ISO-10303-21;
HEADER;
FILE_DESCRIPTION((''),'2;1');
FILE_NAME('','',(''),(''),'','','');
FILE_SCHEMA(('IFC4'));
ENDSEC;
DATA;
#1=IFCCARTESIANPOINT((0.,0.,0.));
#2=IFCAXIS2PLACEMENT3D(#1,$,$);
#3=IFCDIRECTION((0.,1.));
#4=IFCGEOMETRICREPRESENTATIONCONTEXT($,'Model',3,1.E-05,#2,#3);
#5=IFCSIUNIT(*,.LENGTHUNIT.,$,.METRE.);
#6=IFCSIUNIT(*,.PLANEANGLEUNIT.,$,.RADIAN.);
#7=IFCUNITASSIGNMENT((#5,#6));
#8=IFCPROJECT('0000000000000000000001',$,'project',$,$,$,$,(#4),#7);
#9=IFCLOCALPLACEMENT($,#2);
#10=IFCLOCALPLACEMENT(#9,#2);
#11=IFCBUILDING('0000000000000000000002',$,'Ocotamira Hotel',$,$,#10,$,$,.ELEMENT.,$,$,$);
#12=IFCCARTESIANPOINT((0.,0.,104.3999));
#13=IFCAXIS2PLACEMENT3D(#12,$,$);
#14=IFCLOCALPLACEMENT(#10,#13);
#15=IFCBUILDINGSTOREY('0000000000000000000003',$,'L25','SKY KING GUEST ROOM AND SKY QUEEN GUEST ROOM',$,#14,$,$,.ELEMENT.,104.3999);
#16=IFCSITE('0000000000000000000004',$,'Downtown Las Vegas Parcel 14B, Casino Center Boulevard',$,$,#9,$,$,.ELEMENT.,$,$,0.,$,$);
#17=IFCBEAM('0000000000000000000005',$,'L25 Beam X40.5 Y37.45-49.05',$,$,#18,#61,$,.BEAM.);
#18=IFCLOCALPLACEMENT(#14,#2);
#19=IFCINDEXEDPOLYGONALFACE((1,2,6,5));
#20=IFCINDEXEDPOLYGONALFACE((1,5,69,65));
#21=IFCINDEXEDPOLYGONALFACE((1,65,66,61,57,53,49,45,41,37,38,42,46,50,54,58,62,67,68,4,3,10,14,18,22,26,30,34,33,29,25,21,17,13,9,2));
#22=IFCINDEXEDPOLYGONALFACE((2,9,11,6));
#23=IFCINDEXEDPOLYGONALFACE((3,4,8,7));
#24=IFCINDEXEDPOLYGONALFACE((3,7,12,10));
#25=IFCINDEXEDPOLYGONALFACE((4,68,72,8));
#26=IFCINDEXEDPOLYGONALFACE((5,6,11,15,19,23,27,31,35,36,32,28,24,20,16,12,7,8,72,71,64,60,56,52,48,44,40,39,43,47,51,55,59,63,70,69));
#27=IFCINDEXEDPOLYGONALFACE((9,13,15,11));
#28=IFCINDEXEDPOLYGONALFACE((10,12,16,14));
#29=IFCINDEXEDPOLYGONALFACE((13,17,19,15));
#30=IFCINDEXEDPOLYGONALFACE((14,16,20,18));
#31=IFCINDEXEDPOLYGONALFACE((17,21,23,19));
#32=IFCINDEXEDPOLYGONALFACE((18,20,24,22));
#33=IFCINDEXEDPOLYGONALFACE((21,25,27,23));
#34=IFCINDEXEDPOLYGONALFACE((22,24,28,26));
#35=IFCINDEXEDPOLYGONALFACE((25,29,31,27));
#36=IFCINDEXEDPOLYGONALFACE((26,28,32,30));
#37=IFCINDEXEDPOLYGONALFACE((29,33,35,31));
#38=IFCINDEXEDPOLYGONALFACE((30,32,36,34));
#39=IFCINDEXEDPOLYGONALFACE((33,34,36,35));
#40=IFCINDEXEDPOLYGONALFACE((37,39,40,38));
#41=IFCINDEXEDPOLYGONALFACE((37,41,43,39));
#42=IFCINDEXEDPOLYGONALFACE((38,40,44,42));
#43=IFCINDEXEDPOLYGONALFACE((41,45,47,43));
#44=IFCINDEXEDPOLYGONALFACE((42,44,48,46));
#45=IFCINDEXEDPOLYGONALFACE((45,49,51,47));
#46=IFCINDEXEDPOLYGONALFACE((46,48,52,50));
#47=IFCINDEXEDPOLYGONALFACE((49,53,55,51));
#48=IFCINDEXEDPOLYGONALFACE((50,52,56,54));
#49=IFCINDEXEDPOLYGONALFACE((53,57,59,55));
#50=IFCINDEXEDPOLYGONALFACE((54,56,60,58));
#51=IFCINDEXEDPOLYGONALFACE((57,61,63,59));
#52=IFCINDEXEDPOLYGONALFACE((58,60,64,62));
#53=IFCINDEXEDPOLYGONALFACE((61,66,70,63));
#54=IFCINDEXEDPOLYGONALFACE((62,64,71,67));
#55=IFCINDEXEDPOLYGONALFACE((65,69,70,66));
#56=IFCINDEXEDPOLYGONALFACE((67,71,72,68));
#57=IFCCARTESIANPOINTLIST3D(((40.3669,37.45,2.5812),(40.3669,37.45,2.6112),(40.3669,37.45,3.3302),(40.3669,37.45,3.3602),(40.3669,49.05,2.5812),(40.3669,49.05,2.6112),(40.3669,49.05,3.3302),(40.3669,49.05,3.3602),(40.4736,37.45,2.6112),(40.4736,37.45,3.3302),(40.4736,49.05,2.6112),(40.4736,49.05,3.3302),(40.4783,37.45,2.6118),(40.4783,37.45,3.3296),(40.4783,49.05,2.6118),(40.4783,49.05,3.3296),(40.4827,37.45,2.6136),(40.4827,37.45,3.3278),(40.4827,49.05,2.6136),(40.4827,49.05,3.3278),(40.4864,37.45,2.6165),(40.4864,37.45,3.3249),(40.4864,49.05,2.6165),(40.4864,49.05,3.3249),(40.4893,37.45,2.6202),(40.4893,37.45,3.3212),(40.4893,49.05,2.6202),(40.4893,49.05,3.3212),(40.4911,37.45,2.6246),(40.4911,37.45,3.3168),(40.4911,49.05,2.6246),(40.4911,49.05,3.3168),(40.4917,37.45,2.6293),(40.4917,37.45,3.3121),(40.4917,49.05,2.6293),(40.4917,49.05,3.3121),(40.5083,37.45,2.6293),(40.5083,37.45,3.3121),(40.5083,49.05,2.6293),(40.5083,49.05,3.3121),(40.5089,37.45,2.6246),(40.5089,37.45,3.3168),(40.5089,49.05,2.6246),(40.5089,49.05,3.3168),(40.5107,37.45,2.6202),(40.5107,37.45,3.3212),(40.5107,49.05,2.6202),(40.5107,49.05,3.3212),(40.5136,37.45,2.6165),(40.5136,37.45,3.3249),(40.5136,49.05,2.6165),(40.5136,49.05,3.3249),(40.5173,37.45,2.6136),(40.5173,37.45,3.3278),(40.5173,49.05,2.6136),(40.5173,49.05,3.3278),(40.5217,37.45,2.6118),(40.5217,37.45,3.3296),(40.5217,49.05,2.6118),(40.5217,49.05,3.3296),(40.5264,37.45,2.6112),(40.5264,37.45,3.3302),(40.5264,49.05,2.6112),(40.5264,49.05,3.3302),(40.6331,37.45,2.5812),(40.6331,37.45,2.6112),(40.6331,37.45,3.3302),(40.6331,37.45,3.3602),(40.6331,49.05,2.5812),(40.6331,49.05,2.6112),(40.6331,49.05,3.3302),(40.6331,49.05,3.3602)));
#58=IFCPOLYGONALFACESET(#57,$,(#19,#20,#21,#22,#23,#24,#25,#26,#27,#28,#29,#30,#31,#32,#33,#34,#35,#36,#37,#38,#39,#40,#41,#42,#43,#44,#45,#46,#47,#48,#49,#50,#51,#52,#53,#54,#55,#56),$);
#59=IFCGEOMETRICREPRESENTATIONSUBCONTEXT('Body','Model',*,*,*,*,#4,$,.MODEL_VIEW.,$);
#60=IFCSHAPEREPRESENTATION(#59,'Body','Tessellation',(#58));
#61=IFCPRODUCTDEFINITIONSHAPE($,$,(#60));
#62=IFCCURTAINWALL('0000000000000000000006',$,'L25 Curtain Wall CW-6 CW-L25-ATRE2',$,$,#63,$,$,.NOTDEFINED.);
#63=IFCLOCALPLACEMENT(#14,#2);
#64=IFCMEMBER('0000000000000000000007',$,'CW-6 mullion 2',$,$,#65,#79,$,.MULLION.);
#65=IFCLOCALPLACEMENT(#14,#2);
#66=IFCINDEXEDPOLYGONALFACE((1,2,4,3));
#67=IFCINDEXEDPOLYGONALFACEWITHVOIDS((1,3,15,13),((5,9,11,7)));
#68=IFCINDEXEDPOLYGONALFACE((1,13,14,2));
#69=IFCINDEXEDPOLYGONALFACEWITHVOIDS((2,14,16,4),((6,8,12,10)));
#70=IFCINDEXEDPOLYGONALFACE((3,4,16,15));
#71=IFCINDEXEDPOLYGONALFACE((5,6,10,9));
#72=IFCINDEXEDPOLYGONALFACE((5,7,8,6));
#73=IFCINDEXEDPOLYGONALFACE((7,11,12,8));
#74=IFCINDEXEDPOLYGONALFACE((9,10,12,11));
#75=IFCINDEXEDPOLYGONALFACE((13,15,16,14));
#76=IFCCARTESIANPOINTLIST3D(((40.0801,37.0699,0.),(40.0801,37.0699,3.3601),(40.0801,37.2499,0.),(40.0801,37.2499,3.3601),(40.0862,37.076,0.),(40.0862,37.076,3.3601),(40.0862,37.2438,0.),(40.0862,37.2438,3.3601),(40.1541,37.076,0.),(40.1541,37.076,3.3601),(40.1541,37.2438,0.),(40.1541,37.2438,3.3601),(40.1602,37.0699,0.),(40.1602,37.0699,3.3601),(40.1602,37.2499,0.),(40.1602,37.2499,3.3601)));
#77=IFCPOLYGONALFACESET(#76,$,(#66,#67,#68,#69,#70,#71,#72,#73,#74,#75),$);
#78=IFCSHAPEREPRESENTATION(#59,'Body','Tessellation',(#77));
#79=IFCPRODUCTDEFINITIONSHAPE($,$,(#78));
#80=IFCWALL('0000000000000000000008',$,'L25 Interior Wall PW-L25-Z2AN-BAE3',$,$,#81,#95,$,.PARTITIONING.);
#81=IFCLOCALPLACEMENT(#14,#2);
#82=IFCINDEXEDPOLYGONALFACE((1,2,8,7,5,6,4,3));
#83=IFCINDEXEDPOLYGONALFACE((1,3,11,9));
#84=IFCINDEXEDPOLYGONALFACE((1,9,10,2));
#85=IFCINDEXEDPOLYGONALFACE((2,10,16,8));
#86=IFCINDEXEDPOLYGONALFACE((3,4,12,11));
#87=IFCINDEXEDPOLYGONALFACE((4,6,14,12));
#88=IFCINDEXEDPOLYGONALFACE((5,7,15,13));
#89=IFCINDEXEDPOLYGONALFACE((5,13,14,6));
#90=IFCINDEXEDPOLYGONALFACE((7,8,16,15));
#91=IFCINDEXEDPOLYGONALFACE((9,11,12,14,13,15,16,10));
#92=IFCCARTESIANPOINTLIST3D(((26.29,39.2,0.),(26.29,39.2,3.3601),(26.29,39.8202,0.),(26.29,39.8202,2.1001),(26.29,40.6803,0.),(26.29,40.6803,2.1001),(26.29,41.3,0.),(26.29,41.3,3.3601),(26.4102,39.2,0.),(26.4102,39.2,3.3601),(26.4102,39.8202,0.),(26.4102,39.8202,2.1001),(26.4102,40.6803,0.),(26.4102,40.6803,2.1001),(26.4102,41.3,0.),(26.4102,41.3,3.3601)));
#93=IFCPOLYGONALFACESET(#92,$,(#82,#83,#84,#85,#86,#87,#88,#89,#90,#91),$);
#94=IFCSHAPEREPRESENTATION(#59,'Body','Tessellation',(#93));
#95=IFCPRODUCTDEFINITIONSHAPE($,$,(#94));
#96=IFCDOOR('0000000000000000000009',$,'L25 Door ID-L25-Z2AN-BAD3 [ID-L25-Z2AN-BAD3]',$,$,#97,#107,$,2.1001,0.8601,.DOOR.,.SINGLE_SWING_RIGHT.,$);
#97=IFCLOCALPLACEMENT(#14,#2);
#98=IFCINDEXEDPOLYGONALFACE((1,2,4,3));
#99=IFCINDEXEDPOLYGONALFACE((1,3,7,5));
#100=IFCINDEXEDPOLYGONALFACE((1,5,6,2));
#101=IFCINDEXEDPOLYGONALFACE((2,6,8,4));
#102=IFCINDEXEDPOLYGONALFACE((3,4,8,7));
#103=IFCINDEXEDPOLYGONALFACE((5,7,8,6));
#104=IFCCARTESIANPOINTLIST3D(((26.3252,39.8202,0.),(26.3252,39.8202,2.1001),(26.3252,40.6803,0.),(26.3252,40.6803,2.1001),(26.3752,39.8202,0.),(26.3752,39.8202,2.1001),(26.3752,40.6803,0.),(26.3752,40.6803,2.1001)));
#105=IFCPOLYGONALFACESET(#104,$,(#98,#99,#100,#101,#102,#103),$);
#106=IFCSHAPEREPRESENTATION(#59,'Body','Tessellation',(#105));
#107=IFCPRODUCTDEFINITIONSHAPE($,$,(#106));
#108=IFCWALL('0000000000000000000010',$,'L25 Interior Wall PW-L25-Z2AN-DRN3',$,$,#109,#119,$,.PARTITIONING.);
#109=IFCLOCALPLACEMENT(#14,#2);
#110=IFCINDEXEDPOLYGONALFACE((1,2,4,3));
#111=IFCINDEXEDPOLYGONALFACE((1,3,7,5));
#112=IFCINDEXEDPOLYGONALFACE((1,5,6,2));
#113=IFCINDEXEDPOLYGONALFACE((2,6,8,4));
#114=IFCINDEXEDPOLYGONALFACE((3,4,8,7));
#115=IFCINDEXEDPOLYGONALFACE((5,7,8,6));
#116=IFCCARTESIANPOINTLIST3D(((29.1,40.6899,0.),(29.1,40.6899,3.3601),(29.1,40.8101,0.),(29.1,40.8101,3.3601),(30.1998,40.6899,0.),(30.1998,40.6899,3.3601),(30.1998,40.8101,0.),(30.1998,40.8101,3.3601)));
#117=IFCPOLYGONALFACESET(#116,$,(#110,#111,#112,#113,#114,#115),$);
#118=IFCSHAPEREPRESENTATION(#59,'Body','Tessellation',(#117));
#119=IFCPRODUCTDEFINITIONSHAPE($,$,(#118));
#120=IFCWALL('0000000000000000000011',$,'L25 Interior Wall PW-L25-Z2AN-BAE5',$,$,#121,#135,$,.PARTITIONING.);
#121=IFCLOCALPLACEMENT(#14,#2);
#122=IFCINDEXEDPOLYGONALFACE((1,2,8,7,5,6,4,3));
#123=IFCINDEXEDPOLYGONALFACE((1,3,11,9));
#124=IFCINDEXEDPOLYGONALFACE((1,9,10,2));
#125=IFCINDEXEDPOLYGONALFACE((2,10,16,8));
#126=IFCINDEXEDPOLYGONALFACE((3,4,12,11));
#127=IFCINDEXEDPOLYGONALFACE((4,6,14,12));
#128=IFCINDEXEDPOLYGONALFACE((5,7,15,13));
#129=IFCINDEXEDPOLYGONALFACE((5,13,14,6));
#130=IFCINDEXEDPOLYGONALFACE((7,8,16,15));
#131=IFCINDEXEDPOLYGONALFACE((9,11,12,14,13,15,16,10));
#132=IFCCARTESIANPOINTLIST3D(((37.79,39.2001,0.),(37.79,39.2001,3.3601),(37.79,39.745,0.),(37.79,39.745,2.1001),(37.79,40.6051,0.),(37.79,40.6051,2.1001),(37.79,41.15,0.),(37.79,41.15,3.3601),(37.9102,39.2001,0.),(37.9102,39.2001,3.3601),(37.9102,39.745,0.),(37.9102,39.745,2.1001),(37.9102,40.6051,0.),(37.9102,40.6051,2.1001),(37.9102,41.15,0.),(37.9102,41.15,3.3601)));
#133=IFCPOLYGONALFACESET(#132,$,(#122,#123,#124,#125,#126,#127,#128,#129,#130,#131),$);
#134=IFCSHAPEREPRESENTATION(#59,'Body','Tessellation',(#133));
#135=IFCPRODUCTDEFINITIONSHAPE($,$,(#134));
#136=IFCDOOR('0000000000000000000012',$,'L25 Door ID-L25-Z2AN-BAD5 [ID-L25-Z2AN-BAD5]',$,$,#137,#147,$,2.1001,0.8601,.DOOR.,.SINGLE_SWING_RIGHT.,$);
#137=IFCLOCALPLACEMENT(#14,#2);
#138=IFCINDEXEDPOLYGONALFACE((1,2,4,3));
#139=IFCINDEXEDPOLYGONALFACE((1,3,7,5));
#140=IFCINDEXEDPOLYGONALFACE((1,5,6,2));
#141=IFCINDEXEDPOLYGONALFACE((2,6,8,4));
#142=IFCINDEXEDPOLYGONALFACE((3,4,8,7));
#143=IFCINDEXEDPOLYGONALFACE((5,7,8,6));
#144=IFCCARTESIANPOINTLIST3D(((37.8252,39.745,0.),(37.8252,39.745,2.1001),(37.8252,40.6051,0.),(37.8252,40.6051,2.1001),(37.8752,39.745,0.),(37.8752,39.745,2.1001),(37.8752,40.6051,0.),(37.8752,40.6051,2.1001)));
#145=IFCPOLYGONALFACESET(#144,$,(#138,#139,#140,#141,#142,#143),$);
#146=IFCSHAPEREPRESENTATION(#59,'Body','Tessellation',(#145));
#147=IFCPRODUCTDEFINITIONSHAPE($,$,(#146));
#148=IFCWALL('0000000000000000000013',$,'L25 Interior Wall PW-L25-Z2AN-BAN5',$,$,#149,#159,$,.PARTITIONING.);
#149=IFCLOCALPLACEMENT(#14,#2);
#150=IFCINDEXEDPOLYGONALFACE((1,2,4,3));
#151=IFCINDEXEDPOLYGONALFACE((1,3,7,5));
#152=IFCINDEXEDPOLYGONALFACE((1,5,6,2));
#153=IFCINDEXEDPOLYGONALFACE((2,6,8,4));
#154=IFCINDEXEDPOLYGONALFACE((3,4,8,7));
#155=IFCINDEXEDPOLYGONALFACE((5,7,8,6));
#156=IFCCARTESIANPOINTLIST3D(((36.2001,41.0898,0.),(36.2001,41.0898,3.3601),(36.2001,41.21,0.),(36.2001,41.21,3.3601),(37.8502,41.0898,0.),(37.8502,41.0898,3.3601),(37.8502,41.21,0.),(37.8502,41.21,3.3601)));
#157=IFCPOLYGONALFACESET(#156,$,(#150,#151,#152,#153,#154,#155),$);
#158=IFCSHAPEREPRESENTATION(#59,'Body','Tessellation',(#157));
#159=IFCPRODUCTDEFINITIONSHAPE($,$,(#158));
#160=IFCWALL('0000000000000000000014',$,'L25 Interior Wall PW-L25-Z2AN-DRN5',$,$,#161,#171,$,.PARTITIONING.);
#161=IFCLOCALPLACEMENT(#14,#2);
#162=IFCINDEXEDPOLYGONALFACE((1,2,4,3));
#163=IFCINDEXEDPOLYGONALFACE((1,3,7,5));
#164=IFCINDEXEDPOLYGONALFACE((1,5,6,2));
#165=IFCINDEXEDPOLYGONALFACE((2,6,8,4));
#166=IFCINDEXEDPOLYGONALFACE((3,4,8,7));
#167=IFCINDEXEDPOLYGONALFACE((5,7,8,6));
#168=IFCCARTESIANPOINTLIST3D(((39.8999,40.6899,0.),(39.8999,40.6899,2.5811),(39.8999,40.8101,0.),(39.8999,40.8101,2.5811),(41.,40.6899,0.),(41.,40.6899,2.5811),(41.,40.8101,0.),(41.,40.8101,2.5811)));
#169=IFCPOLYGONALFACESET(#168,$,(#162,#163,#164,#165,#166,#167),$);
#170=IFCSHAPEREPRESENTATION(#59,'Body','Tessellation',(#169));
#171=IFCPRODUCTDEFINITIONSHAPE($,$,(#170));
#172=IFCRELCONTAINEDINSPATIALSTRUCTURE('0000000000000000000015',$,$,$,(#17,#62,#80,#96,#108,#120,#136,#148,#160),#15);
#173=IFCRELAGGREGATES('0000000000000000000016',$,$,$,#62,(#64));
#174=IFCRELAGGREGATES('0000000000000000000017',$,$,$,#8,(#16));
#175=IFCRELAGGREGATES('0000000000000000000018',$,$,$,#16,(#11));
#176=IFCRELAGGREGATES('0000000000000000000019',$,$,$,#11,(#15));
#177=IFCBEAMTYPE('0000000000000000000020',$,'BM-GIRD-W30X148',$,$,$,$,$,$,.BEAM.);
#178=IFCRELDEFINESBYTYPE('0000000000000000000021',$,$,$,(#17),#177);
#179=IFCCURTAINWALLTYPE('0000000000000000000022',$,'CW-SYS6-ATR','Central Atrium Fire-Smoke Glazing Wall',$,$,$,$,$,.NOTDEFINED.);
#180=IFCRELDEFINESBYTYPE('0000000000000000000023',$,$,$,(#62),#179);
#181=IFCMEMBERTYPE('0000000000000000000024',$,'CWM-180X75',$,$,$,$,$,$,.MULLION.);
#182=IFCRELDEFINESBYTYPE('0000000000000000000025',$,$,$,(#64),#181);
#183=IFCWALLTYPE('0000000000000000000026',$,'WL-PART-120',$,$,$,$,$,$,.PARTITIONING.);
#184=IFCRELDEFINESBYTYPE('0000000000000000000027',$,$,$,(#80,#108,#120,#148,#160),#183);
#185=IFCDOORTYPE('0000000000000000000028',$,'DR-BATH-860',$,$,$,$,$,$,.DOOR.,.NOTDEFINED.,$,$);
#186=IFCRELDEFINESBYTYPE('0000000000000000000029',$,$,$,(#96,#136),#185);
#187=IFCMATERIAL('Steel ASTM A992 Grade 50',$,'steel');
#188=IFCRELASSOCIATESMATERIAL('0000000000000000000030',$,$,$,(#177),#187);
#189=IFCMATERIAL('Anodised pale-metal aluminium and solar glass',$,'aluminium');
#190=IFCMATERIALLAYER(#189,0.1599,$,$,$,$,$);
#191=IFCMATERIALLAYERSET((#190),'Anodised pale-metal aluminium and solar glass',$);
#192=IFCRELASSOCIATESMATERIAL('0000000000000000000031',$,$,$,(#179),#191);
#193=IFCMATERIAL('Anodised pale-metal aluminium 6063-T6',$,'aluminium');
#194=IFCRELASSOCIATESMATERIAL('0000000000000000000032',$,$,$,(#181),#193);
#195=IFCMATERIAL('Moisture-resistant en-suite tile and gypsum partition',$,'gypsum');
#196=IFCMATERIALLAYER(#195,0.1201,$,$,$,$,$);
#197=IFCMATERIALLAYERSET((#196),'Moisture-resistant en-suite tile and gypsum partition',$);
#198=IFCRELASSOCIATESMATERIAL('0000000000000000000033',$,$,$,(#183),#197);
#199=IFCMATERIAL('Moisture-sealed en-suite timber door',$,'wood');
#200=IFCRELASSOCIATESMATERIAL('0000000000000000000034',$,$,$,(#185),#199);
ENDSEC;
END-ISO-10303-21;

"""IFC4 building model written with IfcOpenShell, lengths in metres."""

from ifc_helpers import new_model, si_unit, direction, frame, frame_2d, origin, origin_2d, place, context, subcontext, project, spatial, rectangle, hollow_rectangle, i_section, extrude, source, transform, mapped, material, layer, layer_set, material_profile, profile_set, type_object, element, fill, aggregate, save


model = new_model("IFC4")

# Units and contexts
model_context = context("Model", 3, precision=1e-05, world=origin(), true_north=direction((0.0, 1.0)))
body_context = subcontext(model_context, "Body", "Model", "MODEL_VIEW")
ifc_project = project(units=[si_unit("LENGTHUNIT", "METRE"), si_unit("PLANEANGLEUNIT", "RADIAN")], contexts=[model_context])

# Site, building, storey
site_placement = place(None, origin())
site = spatial("IfcSite", under=ifc_project, at=site_placement, Name="Downtown Las Vegas Parcel 14B, Casino Center Boulevard", CompositionType="ELEMENT", RefElevation=0.0)
building_placement = place(site_placement, origin())
building = spatial("IfcBuilding", under=site, at=building_placement, Name="Ocotamira Hotel", CompositionType="ELEMENT")
storey_placement = place(building_placement, frame((0.0, 0.0, 104.3999)))
storey = spatial("IfcBuildingStorey", under=building, at=storey_placement, Name="L25", Description="SKY KING GUEST ROOM AND SKY QUEEN GUEST ROOM", CompositionType="ELEMENT", Elevation=104.3999)

# Beam
ifc_material_1 = material(Name="Steel ASTM A992 Grade 50", Category="steel")
ifc_material_profile_1 = material_profile(ifc_material_1, i_section(OverallWidth=0.2661, OverallDepth=0.7791, WebThickness=0.0166, FlangeThickness=0.03, FilletRadius=0.0181, at=origin_2d()), Name="W30X148")
ifc_profile_set_1 = profile_set([ifc_material_profile_1], Name="Steel ASTM A992 Grade 50")
beam_type_1 = type_object("IfcBeamType", Name="BM-GIRD-W30X148", PredefinedType="BEAM", material=ifc_profile_set_1)
shared_shape_1 = source(origin(), body_context, "Body", "SweptSolid", [
    extrude(i_section(OverallWidth=0.2661, OverallDepth=0.7791, WebThickness=0.0166, FlangeThickness=0.03, FilletRadius=0.0181, at=origin_2d()), origin(), (0.0, 0.0, 1.0), 11.6001),
])
beam_1_placement = place(storey_placement, frame((40.5, 37.45, 2.9707), z_axis=(0.0, 1.0, 0.0), x_axis=(-1.0, 0.0, 0.0)))
element("IfcBeam", 1, at=beam_1_placement, inside=storey, type_object=beam_type_1, Name="L25 Beam X40.5 Y37.45-49.05", PredefinedType="BEAM", context=body_context, shape_type="MappedRepresentation", body=[
    mapped(shared_shape_1, transform((0.0, 0.0, 0.0), scale=1.0)),
])

# Curtain wall, member
ifc_material_2 = material(Name="Anodised pale-metal aluminium and solar glass", Category="aluminium")
ifc_layer_1 = layer(ifc_material_2, 0.1599)
ifc_layer_set_1 = layer_set([ifc_layer_1], Name="Anodised pale-metal aluminium and solar glass")
curtain_wall_type = type_object("IfcCurtainWallType", Name="CW-SYS6-ATR", Description="Central Atrium Fire-Smoke Glazing Wall", PredefinedType="NOTDEFINED", material=ifc_layer_set_1)
curtain_wall_placement = place(storey_placement, origin())
curtain_wall = element("IfcCurtainWall", 2, at=curtain_wall_placement, inside=storey, type_object=curtain_wall_type, Name="L25 Curtain Wall CW-6 CW-L25-ATRE2", PredefinedType="NOTDEFINED")
ifc_material_3 = material(Name="Anodised pale-metal aluminium 6063-T6", Category="aluminium")
ifc_material_profile_2 = material_profile(ifc_material_3, hollow_rectangle(XDim=0.0801, YDim=0.1799, WallThickness=0.0061, at=origin_2d()), Name="HSS180X80X6")
ifc_profile_set_2 = profile_set([ifc_material_profile_2], Name="Anodised pale-metal aluminium 6063-T6")
member_type = type_object("IfcMemberType", Name="CWM-180X75", PredefinedType="MULLION", material=ifc_profile_set_2)
shared_shape_2 = source(origin(), body_context, "Body", "SweptSolid", [
    extrude(hollow_rectangle(XDim=0.0801, YDim=0.1799, WallThickness=0.0061, at=origin_2d()), origin(), (0.0, 0.0, 1.0), 3.3601),
])
member_placement = place(storey_placement, frame((40.1201, 37.1599, 0.0), z_axis=(0.0, 0.0, 1.0), x_axis=(-1.0, 0.0, 0.0)))
member = element("IfcMember", 3, at=member_placement, type_object=member_type, Name="CW-6 mullion 2", PredefinedType="MULLION", context=body_context, shape_type="MappedRepresentation", body=[
    mapped(shared_shape_2, transform((0.0, 0.0, 0.0), scale=1.0)),
])
aggregate(curtain_wall, [member])

# Wall, opening, door
ifc_material_4 = material(Name="Moisture-resistant en-suite tile and gypsum partition", Category="gypsum")
ifc_layer_2 = layer(ifc_material_4, 0.1201)
ifc_layer_set_2 = layer_set([ifc_layer_2], Name="Moisture-resistant en-suite tile and gypsum partition")
wall_type_1 = type_object("IfcWallType", Name="WL-PART-120", PredefinedType="PARTITIONING", material=ifc_layer_set_2)
wall_1_placement = place(storey_placement, frame((26.3501, 39.2, 0.0), z_axis=(0.0, 0.0, 1.0), x_axis=(0.0, 1.0, 0.0)))
wall_1 = element("IfcWall", 4, at=wall_1_placement, inside=storey, type_object=wall_type_1, Name="L25 Interior Wall PW-L25-Z2AN-BAE3", PredefinedType="PARTITIONING", context=body_context, shape_type="SweptSolid", body=[
    extrude(rectangle(XDim=2.1001, YDim=0.1201, at=frame_2d((1.05, 0.0))), origin(), (0.0, 0.0, 1.0), 3.3601),
])
opening_1_placement = place(wall_1_placement, frame((0.6201, 0.0, 0.0)))
opening_1 = element("IfcOpeningElement", 5, at=opening_1_placement, cuts=wall_1, PredefinedType="OPENING", context=body_context, shape_type="SweptSolid", body=[
    extrude(rectangle(XDim=0.8601, YDim=2.1001, at=frame_2d((0.4302, 1.05))), frame((0.0, 0.0701, 0.0), z_axis=(0.0, -1.0, 0.0), x_axis=(1.0, 0.0, 0.0)), (0.0, 0.0, 1.0), 0.1401),
])
ifc_material_5 = material(Name="Moisture-sealed en-suite timber door", Category="wood")
door_type_1 = type_object("IfcDoorType", Name="DR-BATH-860", OperationType="NOTDEFINED", PredefinedType="DOOR", material=ifc_material_5)
shared_shape_3 = source(origin(), body_context, "Body", "SweptSolid", [
    extrude(rectangle(XDim=0.8601, YDim=2.1001, at=frame_2d((0.4302, 1.05))), frame((0.0, 0.0249, 0.0), z_axis=(0.0, -1.0, 0.0), x_axis=(1.0, 0.0, 0.0)), (0.0, 0.0, 1.0), 0.05),
])
door_1_placement = place(opening_1_placement, origin())
door_1 = element("IfcDoor", 6, at=door_1_placement, inside=storey, type_object=door_type_1, Name="L25 Door ID-L25-Z2AN-BAD3 [ID-L25-Z2AN-BAD3]", OperationType="SINGLE_SWING_RIGHT", OverallHeight=2.1001, OverallWidth=0.8601, PredefinedType="DOOR", context=body_context, shape_type="MappedRepresentation", body=[
    mapped(shared_shape_3, transform((0.0, 0.0, 0.0), scale=1.0)),
])
fill(opening_1, door_1)

# Wall
wall_2_placement = place(storey_placement, frame((29.1001, 40.75, 0.0), z_axis=(0.0, 0.0, 1.0), x_axis=(1.0, 0.0, 0.0)))
element("IfcWall", 7, at=wall_2_placement, inside=storey, type_object=wall_type_1, Name="L25 Interior Wall PW-L25-Z2AN-DRN3", PredefinedType="PARTITIONING", context=body_context, shape_type="SweptSolid", body=[
    extrude(rectangle(XDim=1.0999, YDim=0.1201, at=frame_2d((0.5498, 0.0))), origin(), (0.0, 0.0, 1.0), 3.3601),
])

# Wall, opening, door
wall_3_placement = place(storey_placement, frame((37.8501, 39.2, 0.0), z_axis=(0.0, 0.0, 1.0), x_axis=(0.0, 1.0, 0.0)))
wall_3 = element("IfcWall", 8, at=wall_3_placement, inside=storey, type_object=wall_type_1, Name="L25 Interior Wall PW-L25-Z2AN-BAE5", PredefinedType="PARTITIONING", context=body_context, shape_type="SweptSolid", body=[
    extrude(rectangle(XDim=1.95, YDim=0.1201, at=frame_2d((0.9751, 0.0))), origin(), (0.0, 0.0, 1.0), 3.3601),
])
opening_2_placement = place(wall_3_placement, frame((0.5449, 0.0, 0.0)))
opening_2 = element("IfcOpeningElement", 9, at=opening_2_placement, cuts=wall_3, PredefinedType="OPENING", context=body_context, shape_type="SweptSolid", body=[
    extrude(rectangle(XDim=0.8601, YDim=2.1001, at=frame_2d((0.4302, 1.05))), frame((0.0, 0.0701, 0.0), z_axis=(0.0, -1.0, 0.0), x_axis=(1.0, 0.0, 0.0)), (0.0, 0.0, 1.0), 0.1401),
])
door_2_placement = place(opening_2_placement, origin())
door_2 = element("IfcDoor", 10, at=door_2_placement, inside=storey, type_object=door_type_1, Name="L25 Door ID-L25-Z2AN-BAD5 [ID-L25-Z2AN-BAD5]", OperationType="SINGLE_SWING_RIGHT", OverallHeight=2.1001, OverallWidth=0.8601, PredefinedType="DOOR", context=body_context, shape_type="MappedRepresentation", body=[
    mapped(shared_shape_3, transform((0.0, 0.0, 0.0), scale=1.0)),
])
fill(opening_2, door_2)

# Walls
wall_4_placement = place(storey_placement, frame((36.2, 41.1499, 0.0), z_axis=(0.0, 0.0, 1.0), x_axis=(1.0, 0.0, 0.0)))
element("IfcWall", 11, at=wall_4_placement, inside=storey, type_object=wall_type_1, Name="L25 Interior Wall PW-L25-Z2AN-BAN5", PredefinedType="PARTITIONING", context=body_context, shape_type="SweptSolid", body=[
    extrude(rectangle(XDim=1.6501, YDim=0.1201, at=frame_2d((0.8252, 0.0))), origin(), (0.0, 0.0, 1.0), 3.3601),
])
wall_5_placement = place(storey_placement, frame((39.8999, 40.75, 0.0), z_axis=(0.0, 0.0, 1.0), x_axis=(1.0, 0.0, 0.0)))
element("IfcWall", 12, at=wall_5_placement, inside=storey, type_object=wall_type_1, Name="L25 Interior Wall PW-L25-Z2AN-DRN5", PredefinedType="PARTITIONING", context=body_context, shape_type="SweptSolid", body=[
    extrude(rectangle(XDim=1.1001, YDim=0.1201, at=frame_2d((0.55, 0.0))), origin(), (0.0, 0.0, 1.0), 2.5811),
])

save(model, "model.ifc")
